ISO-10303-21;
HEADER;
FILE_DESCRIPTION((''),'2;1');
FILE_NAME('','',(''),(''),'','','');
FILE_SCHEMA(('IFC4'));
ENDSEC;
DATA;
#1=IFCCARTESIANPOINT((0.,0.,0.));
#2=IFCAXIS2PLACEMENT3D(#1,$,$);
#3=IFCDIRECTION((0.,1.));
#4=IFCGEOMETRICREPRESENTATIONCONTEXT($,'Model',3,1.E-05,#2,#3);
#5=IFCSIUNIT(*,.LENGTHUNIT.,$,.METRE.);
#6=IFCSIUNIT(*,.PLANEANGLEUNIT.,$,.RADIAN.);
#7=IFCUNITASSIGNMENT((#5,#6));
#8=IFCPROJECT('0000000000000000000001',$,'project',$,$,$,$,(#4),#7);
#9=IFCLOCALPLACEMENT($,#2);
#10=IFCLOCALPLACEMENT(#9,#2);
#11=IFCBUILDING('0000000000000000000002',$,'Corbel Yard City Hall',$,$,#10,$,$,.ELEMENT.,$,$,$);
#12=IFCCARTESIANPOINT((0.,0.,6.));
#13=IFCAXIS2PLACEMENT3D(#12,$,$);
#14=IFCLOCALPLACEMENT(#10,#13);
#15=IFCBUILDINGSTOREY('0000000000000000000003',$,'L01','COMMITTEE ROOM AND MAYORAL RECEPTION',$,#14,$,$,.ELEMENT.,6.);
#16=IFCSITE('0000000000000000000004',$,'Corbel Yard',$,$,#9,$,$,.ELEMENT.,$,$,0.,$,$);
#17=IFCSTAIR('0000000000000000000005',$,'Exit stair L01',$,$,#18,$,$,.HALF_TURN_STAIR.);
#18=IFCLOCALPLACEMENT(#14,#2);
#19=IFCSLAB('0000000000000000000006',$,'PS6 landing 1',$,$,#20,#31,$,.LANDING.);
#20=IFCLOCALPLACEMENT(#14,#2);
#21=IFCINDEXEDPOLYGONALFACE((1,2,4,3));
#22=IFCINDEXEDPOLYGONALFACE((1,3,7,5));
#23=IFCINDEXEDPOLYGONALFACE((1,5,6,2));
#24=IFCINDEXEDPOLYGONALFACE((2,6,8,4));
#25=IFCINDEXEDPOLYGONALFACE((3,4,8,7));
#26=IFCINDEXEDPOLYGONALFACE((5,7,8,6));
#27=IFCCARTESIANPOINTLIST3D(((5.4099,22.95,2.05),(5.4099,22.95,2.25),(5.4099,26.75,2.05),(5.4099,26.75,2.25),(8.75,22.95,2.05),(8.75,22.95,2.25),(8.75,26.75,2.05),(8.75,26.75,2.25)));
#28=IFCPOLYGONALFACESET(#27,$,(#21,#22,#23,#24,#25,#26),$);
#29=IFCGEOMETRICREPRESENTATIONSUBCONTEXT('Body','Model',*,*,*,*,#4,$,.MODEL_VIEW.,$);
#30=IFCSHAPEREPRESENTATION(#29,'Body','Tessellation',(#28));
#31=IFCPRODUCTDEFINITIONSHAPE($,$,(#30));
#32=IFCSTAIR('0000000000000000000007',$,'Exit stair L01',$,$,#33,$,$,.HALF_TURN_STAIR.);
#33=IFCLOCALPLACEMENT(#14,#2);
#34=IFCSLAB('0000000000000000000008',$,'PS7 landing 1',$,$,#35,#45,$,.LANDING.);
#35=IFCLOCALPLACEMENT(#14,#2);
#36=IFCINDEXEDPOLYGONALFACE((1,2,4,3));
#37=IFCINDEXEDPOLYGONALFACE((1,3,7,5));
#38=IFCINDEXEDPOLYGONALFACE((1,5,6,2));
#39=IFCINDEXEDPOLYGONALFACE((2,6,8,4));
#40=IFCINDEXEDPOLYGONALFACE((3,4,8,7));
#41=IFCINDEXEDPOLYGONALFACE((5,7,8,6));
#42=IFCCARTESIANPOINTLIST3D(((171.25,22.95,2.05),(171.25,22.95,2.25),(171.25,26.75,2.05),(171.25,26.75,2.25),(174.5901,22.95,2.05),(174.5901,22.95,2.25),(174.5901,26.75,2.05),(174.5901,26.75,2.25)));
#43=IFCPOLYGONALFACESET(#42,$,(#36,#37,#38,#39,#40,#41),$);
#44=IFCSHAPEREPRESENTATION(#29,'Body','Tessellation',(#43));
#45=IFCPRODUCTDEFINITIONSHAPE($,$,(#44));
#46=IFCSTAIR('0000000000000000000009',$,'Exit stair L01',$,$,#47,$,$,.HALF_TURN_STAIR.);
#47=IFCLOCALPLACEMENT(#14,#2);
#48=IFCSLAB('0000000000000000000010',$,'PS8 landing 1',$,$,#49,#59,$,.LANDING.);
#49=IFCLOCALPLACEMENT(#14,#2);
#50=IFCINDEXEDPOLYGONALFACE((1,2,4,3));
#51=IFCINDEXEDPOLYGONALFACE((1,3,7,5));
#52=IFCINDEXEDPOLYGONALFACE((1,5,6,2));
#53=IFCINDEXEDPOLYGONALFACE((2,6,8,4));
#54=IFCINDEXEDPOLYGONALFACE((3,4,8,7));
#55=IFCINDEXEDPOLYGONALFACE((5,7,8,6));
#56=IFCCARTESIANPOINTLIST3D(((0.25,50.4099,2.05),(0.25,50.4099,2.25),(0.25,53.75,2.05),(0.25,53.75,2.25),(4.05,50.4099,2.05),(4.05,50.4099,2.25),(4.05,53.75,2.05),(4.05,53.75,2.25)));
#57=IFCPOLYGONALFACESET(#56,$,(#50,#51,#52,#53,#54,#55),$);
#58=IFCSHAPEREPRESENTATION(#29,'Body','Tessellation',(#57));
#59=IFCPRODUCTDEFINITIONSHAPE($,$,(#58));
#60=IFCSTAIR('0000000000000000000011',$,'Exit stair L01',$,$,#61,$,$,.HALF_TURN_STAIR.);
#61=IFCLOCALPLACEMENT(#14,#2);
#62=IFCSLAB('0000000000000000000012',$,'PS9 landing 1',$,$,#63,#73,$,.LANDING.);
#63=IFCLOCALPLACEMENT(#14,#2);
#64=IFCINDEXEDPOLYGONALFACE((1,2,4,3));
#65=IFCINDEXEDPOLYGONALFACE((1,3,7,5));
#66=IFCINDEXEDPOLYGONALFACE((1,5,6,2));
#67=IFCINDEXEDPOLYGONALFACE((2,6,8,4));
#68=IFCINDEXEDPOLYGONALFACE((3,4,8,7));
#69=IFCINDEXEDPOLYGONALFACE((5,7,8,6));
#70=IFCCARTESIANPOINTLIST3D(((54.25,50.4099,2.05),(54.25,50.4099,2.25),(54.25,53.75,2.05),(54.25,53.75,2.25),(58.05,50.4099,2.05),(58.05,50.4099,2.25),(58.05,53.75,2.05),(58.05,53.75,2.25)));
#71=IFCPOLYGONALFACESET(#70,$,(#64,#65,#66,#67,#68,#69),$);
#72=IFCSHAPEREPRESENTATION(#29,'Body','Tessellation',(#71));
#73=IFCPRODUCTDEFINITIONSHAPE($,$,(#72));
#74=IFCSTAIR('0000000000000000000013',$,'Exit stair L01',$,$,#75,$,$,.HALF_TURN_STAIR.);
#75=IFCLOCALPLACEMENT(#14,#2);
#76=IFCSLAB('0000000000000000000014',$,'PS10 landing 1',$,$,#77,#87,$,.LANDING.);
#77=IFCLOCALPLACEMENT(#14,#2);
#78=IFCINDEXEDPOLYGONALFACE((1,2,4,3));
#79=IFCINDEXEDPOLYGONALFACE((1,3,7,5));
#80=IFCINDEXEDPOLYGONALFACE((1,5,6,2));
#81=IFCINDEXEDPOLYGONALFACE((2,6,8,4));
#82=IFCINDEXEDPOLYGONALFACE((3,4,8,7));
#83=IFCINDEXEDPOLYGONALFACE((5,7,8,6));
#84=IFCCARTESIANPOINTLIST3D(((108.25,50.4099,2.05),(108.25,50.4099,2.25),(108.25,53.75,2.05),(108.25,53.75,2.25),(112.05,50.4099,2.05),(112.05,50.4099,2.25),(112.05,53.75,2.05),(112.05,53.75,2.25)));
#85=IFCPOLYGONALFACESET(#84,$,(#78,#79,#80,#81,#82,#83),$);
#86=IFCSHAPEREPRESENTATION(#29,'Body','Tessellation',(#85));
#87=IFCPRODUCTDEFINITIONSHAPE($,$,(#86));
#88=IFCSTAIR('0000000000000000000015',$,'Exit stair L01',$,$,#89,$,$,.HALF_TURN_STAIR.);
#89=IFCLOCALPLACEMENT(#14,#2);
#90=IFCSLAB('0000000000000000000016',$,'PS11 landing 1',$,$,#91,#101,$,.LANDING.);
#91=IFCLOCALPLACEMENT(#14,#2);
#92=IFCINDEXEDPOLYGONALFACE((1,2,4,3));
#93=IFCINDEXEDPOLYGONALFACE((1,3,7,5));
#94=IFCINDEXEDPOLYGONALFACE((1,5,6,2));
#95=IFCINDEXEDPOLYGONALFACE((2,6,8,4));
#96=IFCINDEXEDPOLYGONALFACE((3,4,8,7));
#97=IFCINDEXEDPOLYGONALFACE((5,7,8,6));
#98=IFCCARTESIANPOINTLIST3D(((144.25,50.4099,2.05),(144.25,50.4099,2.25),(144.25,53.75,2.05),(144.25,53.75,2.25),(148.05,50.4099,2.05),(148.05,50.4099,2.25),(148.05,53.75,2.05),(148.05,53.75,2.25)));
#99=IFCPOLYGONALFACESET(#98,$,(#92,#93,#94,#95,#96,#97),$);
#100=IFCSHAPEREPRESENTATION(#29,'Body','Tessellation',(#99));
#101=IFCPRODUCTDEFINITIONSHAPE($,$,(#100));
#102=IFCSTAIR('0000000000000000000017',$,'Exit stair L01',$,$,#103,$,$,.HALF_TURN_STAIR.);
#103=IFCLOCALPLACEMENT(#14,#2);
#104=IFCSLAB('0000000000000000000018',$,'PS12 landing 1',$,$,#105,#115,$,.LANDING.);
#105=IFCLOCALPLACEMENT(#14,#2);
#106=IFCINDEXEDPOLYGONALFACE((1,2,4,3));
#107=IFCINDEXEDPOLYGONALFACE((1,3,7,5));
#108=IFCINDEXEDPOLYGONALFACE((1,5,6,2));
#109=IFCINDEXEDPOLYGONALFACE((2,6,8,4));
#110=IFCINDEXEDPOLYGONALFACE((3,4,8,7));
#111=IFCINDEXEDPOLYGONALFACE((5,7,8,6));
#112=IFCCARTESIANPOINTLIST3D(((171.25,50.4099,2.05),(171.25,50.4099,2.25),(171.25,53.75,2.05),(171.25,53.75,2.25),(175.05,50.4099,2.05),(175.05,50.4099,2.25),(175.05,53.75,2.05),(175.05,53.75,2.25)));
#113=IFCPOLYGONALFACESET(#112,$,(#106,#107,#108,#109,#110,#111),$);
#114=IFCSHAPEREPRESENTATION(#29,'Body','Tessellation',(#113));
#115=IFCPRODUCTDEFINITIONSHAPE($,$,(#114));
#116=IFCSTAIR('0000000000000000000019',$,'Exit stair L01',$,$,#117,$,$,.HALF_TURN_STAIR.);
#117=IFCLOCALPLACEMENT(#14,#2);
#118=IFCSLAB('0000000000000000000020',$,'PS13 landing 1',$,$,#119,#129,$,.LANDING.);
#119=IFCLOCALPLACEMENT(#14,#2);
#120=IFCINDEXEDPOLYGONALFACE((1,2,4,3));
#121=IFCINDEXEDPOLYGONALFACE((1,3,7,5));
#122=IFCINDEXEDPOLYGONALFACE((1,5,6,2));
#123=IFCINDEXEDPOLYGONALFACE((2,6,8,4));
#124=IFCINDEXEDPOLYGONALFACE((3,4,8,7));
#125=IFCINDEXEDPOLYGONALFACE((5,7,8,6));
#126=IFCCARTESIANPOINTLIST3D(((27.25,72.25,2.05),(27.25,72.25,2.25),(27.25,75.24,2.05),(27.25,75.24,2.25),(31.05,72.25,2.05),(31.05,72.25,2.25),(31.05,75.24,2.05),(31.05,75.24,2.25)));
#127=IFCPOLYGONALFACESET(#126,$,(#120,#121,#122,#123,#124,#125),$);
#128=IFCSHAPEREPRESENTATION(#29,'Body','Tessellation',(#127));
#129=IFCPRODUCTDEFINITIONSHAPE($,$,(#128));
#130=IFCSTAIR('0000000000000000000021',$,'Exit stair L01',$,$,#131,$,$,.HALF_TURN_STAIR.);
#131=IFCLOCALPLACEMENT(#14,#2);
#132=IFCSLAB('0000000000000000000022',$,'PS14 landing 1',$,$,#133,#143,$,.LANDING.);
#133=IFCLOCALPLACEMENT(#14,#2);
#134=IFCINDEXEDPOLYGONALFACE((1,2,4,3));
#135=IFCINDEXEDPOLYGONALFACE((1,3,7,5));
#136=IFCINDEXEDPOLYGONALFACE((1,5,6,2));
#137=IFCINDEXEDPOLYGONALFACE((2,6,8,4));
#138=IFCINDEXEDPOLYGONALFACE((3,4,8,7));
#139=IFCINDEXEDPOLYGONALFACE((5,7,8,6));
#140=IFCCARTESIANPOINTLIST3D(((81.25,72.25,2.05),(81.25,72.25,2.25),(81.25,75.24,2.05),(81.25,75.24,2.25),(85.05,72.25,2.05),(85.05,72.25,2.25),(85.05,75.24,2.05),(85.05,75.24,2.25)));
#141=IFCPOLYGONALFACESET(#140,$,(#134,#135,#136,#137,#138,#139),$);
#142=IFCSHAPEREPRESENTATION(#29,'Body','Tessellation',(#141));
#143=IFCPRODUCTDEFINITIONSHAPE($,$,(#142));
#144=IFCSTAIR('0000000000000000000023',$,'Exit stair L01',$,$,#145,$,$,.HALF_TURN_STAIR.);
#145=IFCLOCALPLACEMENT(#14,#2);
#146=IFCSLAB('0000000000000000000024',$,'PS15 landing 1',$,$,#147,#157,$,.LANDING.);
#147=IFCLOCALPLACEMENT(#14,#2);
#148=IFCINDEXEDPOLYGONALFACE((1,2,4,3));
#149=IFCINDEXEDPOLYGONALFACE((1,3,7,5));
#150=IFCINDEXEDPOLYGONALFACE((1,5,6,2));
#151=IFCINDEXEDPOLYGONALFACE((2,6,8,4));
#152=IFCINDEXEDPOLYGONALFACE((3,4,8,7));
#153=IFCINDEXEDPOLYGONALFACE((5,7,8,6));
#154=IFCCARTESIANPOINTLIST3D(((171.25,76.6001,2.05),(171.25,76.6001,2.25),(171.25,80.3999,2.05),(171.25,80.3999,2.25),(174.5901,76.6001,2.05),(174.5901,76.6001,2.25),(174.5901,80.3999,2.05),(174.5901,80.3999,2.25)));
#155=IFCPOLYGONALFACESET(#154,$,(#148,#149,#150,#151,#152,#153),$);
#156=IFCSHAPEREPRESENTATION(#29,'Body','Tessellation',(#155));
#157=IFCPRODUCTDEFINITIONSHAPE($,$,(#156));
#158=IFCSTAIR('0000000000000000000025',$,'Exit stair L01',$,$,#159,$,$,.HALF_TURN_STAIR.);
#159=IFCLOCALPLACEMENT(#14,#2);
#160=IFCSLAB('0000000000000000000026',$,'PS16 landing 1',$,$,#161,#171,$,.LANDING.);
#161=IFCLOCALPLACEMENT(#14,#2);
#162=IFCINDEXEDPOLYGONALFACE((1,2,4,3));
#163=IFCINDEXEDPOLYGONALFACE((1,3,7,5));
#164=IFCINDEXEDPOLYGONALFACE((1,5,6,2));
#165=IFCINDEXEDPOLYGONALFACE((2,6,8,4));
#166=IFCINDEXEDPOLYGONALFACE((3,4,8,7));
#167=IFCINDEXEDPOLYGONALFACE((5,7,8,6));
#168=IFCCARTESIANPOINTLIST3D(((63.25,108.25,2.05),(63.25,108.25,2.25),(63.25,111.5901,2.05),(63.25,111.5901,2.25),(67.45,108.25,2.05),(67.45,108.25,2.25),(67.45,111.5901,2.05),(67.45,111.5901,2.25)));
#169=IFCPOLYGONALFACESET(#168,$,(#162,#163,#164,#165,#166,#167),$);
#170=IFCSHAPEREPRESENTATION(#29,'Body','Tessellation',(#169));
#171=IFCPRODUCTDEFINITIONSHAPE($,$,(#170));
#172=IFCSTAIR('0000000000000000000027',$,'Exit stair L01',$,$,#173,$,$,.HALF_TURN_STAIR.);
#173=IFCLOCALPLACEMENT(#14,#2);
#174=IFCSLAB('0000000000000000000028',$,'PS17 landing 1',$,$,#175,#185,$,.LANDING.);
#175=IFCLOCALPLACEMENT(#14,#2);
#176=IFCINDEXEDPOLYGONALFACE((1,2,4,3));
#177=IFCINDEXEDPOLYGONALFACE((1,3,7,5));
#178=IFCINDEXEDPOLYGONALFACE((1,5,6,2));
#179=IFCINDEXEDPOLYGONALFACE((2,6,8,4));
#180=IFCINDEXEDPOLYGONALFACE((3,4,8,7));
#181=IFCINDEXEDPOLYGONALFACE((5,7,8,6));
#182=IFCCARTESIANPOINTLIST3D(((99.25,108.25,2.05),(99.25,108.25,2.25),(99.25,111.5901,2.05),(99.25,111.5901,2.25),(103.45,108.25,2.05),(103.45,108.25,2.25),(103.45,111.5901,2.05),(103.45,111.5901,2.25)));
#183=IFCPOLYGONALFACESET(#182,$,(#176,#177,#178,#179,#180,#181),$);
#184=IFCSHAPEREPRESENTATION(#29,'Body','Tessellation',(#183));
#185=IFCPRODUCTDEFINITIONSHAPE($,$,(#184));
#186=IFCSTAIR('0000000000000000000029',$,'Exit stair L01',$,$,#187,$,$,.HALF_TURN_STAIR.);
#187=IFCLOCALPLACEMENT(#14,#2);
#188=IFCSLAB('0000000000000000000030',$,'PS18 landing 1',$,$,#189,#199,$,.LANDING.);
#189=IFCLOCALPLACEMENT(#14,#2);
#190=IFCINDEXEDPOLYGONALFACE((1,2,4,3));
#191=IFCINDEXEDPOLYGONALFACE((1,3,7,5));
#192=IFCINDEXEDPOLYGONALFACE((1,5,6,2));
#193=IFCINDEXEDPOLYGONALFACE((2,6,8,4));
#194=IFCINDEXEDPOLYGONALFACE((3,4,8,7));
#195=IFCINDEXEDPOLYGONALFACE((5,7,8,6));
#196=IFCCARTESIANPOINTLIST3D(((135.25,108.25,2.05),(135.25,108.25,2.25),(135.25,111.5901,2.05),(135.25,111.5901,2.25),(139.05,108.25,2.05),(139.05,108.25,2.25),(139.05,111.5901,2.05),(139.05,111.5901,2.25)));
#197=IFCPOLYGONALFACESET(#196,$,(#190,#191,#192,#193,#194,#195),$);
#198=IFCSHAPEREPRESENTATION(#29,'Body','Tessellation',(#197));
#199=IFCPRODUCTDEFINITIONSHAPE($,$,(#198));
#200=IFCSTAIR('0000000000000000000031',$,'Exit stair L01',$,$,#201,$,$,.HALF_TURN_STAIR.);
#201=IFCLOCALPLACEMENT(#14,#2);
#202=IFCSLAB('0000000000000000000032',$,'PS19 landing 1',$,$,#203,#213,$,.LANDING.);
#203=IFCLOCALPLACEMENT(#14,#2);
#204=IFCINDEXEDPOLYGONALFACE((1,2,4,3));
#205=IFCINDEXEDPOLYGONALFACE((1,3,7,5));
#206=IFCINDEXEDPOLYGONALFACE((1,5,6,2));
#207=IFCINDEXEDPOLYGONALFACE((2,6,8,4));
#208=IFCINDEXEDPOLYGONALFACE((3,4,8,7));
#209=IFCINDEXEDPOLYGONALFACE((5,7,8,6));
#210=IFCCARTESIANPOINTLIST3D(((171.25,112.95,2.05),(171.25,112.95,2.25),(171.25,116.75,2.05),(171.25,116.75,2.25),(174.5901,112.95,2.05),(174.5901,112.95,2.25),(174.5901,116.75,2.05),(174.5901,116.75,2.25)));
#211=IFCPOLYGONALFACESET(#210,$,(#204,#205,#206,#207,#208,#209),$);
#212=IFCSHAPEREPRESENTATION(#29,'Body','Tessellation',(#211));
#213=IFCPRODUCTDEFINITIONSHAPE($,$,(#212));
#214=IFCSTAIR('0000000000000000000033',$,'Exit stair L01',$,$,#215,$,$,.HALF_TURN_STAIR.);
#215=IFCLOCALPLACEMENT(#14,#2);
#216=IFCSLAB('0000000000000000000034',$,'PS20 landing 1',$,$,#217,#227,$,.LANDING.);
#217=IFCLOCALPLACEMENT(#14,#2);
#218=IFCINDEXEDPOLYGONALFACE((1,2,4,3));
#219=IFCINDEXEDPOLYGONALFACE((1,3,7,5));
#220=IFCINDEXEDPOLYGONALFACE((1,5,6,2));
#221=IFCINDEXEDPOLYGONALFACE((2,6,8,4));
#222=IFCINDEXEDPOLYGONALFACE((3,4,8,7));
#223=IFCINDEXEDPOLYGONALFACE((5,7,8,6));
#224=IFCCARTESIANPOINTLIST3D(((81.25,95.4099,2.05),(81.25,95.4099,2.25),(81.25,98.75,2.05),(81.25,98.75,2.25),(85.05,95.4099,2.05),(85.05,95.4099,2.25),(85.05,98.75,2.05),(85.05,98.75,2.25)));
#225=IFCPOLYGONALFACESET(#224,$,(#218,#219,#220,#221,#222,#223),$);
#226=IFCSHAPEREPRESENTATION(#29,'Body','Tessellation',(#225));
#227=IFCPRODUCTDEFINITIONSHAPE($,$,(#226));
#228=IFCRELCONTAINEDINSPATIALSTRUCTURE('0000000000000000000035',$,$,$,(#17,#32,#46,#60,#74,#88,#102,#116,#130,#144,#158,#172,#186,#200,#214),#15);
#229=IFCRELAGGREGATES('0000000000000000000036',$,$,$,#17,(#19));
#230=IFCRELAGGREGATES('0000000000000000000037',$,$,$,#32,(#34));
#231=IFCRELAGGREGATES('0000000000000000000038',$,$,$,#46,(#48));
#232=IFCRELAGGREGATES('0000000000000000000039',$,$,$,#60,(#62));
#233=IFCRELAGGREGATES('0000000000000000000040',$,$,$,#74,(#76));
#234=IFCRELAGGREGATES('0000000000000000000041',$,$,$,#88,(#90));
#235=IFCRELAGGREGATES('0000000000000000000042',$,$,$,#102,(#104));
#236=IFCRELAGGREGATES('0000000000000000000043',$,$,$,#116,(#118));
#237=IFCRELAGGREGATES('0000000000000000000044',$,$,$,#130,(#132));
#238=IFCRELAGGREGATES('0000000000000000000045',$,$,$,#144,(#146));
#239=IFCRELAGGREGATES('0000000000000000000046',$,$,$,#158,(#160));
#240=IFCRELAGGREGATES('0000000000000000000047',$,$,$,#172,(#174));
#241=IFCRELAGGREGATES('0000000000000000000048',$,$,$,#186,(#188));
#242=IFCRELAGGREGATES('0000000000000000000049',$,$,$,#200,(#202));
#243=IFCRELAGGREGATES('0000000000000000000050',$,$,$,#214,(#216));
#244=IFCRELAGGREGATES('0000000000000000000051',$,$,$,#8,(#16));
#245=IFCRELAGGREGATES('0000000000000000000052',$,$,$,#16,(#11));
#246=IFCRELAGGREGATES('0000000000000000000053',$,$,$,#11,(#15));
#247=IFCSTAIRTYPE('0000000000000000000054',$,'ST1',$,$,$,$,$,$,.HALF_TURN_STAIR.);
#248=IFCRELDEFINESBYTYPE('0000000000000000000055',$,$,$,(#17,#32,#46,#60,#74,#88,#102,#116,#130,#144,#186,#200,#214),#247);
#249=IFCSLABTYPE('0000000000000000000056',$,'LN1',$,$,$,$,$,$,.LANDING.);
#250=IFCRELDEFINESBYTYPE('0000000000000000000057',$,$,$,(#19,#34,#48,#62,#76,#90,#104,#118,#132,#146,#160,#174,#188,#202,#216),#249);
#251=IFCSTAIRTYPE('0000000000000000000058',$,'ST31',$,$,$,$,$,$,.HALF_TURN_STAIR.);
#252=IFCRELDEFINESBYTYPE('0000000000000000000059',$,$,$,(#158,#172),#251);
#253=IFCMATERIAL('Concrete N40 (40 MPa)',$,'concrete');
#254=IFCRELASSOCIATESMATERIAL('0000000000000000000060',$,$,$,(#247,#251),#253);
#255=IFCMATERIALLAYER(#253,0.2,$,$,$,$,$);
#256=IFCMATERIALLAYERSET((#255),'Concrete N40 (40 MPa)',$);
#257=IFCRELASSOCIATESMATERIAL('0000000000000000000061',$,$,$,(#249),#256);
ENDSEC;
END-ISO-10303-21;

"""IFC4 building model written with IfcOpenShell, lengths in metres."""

from ifc_helpers import new_model, si_unit, direction, frame, origin, place, context, subcontext, project, spatial, polyline, outline, extrude, material, layer, layer_set, type_object, element, aggregate, save


model = new_model("IFC4")

# Units and contexts
model_context = context("Model", 3, precision=1e-05, world=origin(), true_north=direction((0.0, 1.0)))
body_context = subcontext(model_context, "Body", "Model", "MODEL_VIEW")
ifc_project = project(units=[si_unit("LENGTHUNIT", "METRE"), si_unit("PLANEANGLEUNIT", "RADIAN")], contexts=[model_context])

# Site, building, storey
site_placement = place(None, origin())
site = spatial("IfcSite", under=ifc_project, at=site_placement, Name="Corbel Yard", CompositionType="ELEMENT", RefElevation=0.0)
building_placement = place(site_placement, origin())
building = spatial("IfcBuilding", under=site, at=building_placement, Name="Corbel Yard City Hall", CompositionType="ELEMENT")
storey_placement = place(building_placement, frame((0.0, 0.0, 6.0)))
storey = spatial("IfcBuildingStorey", under=building, at=storey_placement, Name="L01", Description="COMMITTEE ROOM AND MAYORAL RECEPTION", CompositionType="ELEMENT", Elevation=6.0)

# Shared definitions
ifc_material_1 = material(Name="Concrete N40 (40 MPa)", Category="concrete")

# Stairs, slabs
stair_type_1 = type_object("IfcStairType", Name="ST1", PredefinedType="HALF_TURN_STAIR", material=ifc_material_1)
ifc_layer_1 = layer(ifc_material_1, 0.2)
ifc_layer_set_1 = layer_set([ifc_layer_1], Name="Concrete N40 (40 MPa)")
slab_type_1 = type_object("IfcSlabType", Name="LN1", PredefinedType="LANDING", material=ifc_layer_set_1)
stair_1_placement = place(storey_placement, origin())
stair_1 = element("IfcStair", 1, at=stair_1_placement, inside=storey, type_object=stair_type_1, Name="Exit stair L01", PredefinedType="HALF_TURN_STAIR")
slab_1_placement = place(storey_placement, frame((0.0, 0.0, 2.05)))
slab_1 = element("IfcSlab", 2, at=slab_1_placement, type_object=slab_type_1, Name="PS6 landing 1", PredefinedType="LANDING", context=body_context, shape_type="SweptSolid", body=[
    extrude(outline(polyline([(5.4099, 22.95), (8.75, 22.95), (8.75, 26.75), (5.4099, 26.75), (5.4099, 22.95)])), origin(), (0.0, 0.0, 1.0), 0.2),
])
aggregate(stair_1, [slab_1])
stair_2_placement = place(storey_placement, origin())
stair_2 = element("IfcStair", 3, at=stair_2_placement, inside=storey, type_object=stair_type_1, Name="Exit stair L01", PredefinedType="HALF_TURN_STAIR")
slab_2_placement = place(storey_placement, frame((0.0, 0.0, 2.05)))
slab_2 = element("IfcSlab", 4, at=slab_2_placement, type_object=slab_type_1, Name="PS7 landing 1", PredefinedType="LANDING", context=body_context, shape_type="SweptSolid", body=[
    extrude(outline(polyline([(171.25, 22.95), (174.5901, 22.95), (174.5901, 26.75), (171.25, 26.75), (171.25, 22.95)])), origin(), (0.0, 0.0, 1.0), 0.2),
])
aggregate(stair_2, [slab_2])
stair_3_placement = place(storey_placement, origin())
stair_3 = element("IfcStair", 5, at=stair_3_placement, inside=storey, type_object=stair_type_1, Name="Exit stair L01", PredefinedType="HALF_TURN_STAIR")
slab_3_placement = place(storey_placement, frame((0.0, 0.0, 2.05)))
slab_3 = element("IfcSlab", 6, at=slab_3_placement, type_object=slab_type_1, Name="PS8 landing 1", PredefinedType="LANDING", context=body_context, shape_type="SweptSolid", body=[
    extrude(outline(polyline([(0.25, 50.4099), (4.05, 50.4099), (4.05, 53.75), (0.25, 53.75), (0.25, 50.4099)])), origin(), (0.0, 0.0, 1.0), 0.2),
])
aggregate(stair_3, [slab_3])
stair_4_placement = place(storey_placement, origin())
stair_4 = element("IfcStair", 7, at=stair_4_placement, inside=storey, type_object=stair_type_1, Name="Exit stair L01", PredefinedType="HALF_TURN_STAIR")
slab_4_placement = place(storey_placement, frame((0.0, 0.0, 2.05)))
slab_4 = element("IfcSlab", 8, at=slab_4_placement, type_object=slab_type_1, Name="PS9 landing 1", PredefinedType="LANDING", context=body_context, shape_type="SweptSolid", body=[
    extrude(outline(polyline([(54.25, 50.4099), (58.05, 50.4099), (58.05, 53.75), (54.25, 53.75), (54.25, 50.4099)])), origin(), (0.0, 0.0, 1.0), 0.2),
])
aggregate(stair_4, [slab_4])
stair_5_placement = place(storey_placement, origin())
stair_5 = element("IfcStair", 9, at=stair_5_placement, inside=storey, type_object=stair_type_1, Name="Exit stair L01", PredefinedType="HALF_TURN_STAIR")
slab_5_placement = place(storey_placement, frame((0.0, 0.0, 2.05)))
slab_5 = element("IfcSlab", 10, at=slab_5_placement, type_object=slab_type_1, Name="PS10 landing 1", PredefinedType="LANDING", context=body_context, shape_type="SweptSolid", body=[
    extrude(outline(polyline([(108.25, 50.4099), (112.05, 50.4099), (112.05, 53.75), (108.25, 53.75), (108.25, 50.4099)])), origin(), (0.0, 0.0, 1.0), 0.2),
])
aggregate(stair_5, [slab_5])
stair_6_placement = place(storey_placement, origin())
stair_6 = element("IfcStair", 11, at=stair_6_placement, inside=storey, type_object=stair_type_1, Name="Exit stair L01", PredefinedType="HALF_TURN_STAIR")
slab_6_placement = place(storey_placement, frame((0.0, 0.0, 2.05)))
slab_6 = element("IfcSlab", 12, at=slab_6_placement, type_object=slab_type_1, Name="PS11 landing 1", PredefinedType="LANDING", context=body_context, shape_type="SweptSolid", body=[
    extrude(outline(polyline([(144.25, 50.4099), (148.05, 50.4099), (148.05, 53.75), (144.25, 53.75), (144.25, 50.4099)])), origin(), (0.0, 0.0, 1.0), 0.2),
])
aggregate(stair_6, [slab_6])
stair_7_placement = place(storey_placement, origin())
stair_7 = element("IfcStair", 13, at=stair_7_placement, inside=storey, type_object=stair_type_1, Name="Exit stair L01", PredefinedType="HALF_TURN_STAIR")
slab_7_placement = place(storey_placement, frame((0.0, 0.0, 2.05)))
slab_7 = element("IfcSlab", 14, at=slab_7_placement, type_object=slab_type_1, Name="PS12 landing 1", PredefinedType="LANDING", context=body_context, shape_type="SweptSolid", body=[
    extrude(outline(polyline([(171.25, 50.4099), (175.05, 50.4099), (175.05, 53.75), (171.25, 53.75), (171.25, 50.4099)])), origin(), (0.0, 0.0, 1.0), 0.2),
])
aggregate(stair_7, [slab_7])
stair_8_placement = place(storey_placement, origin())
stair_8 = element("IfcStair", 15, at=stair_8_placement, inside=storey, type_object=stair_type_1, Name="Exit stair L01", PredefinedType="HALF_TURN_STAIR")
slab_8_placement = place(storey_placement, frame((0.0, 0.0, 2.05)))
slab_8 = element("IfcSlab", 16, at=slab_8_placement, type_object=slab_type_1, Name="PS13 landing 1", PredefinedType="LANDING", context=body_context, shape_type="SweptSolid", body=[
    extrude(outline(polyline([(27.25, 72.25), (31.05, 72.25), (31.05, 75.24), (27.25, 75.24), (27.25, 72.25)])), origin(), (0.0, 0.0, 1.0), 0.2),
])
aggregate(stair_8, [slab_8])
stair_9_placement = place(storey_placement, origin())
stair_9 = element("IfcStair", 17, at=stair_9_placement, inside=storey, type_object=stair_type_1, Name="Exit stair L01", PredefinedType="HALF_TURN_STAIR")
slab_9_placement = place(storey_placement, frame((0.0, 0.0, 2.05)))
slab_9 = element("IfcSlab", 18, at=slab_9_placement, type_object=slab_type_1, Name="PS14 landing 1", PredefinedType="LANDING", context=body_context, shape_type="SweptSolid", body=[
    extrude(outline(polyline([(81.25, 72.25), (85.05, 72.25), (85.05, 75.24), (81.25, 75.24), (81.25, 72.25)])), origin(), (0.0, 0.0, 1.0), 0.2),
])
aggregate(stair_9, [slab_9])
stair_10_placement = place(storey_placement, origin())
stair_10 = element("IfcStair", 19, at=stair_10_placement, inside=storey, type_object=stair_type_1, Name="Exit stair L01", PredefinedType="HALF_TURN_STAIR")
slab_10_placement = place(storey_placement, frame((0.0, 0.0, 2.05)))
slab_10 = element("IfcSlab", 20, at=slab_10_placement, type_object=slab_type_1, Name="PS15 landing 1", PredefinedType="LANDING", context=body_context, shape_type="SweptSolid", body=[
    extrude(outline(polyline([(171.25, 76.6001), (174.5901, 76.6001), (174.5901, 80.3999), (171.25, 80.3999), (171.25, 76.6001)])), origin(), (0.0, 0.0, 1.0), 0.2),
])
aggregate(stair_10, [slab_10])
stair_type_2 = type_object("IfcStairType", Name="ST31", PredefinedType="HALF_TURN_STAIR", material=ifc_material_1)
stair_11_placement = place(storey_placement, origin())
stair_11 = element("IfcStair", 21, at=stair_11_placement, inside=storey, type_object=stair_type_2, Name="Exit stair L01", PredefinedType="HALF_TURN_STAIR")
slab_11_placement = place(storey_placement, frame((0.0, 0.0, 2.05)))
slab_11 = element("IfcSlab", 22, at=slab_11_placement, type_object=slab_type_1, Name="PS16 landing 1", PredefinedType="LANDING", context=body_context, shape_type="SweptSolid", body=[
    extrude(outline(polyline([(63.25, 108.25), (67.45, 108.25), (67.45, 111.5901), (63.25, 111.5901), (63.25, 108.25)])), origin(), (0.0, 0.0, 1.0), 0.2),
])
aggregate(stair_11, [slab_11])
stair_12_placement = place(storey_placement, origin())
stair_12 = element("IfcStair", 23, at=stair_12_placement, inside=storey, type_object=stair_type_2, Name="Exit stair L01", PredefinedType="HALF_TURN_STAIR")
slab_12_placement = place(storey_placement, frame((0.0, 0.0, 2.05)))
slab_12 = element("IfcSlab", 24, at=slab_12_placement, type_object=slab_type_1, Name="PS17 landing 1", PredefinedType="LANDING", context=body_context, shape_type="SweptSolid", body=[
    extrude(outline(polyline([(99.25, 108.25), (103.45, 108.25), (103.45, 111.5901), (99.25, 111.5901), (99.25, 108.25)])), origin(), (0.0, 0.0, 1.0), 0.2),
])
aggregate(stair_12, [slab_12])
stair_13_placement = place(storey_placement, origin())
stair_13 = element("IfcStair", 25, at=stair_13_placement, inside=storey, type_object=stair_type_1, Name="Exit stair L01", PredefinedType="HALF_TURN_STAIR")
slab_13_placement = place(storey_placement, frame((0.0, 0.0, 2.05)))
slab_13 = element("IfcSlab", 26, at=slab_13_placement, type_object=slab_type_1, Name="PS18 landing 1", PredefinedType="LANDING", context=body_context, shape_type="SweptSolid", body=[
    extrude(outline(polyline([(135.25, 108.25), (139.05, 108.25), (139.05, 111.5901), (135.25, 111.5901), (135.25, 108.25)])), origin(), (0.0, 0.0, 1.0), 0.2),
])
aggregate(stair_13, [slab_13])
stair_14_placement = place(storey_placement, origin())
stair_14 = element("IfcStair", 27, at=stair_14_placement, inside=storey, type_object=stair_type_1, Name="Exit stair L01", PredefinedType="HALF_TURN_STAIR")
slab_14_placement = place(storey_placement, frame((0.0, 0.0, 2.05)))
slab_14 = element("IfcSlab", 28, at=slab_14_placement, type_object=slab_type_1, Name="PS19 landing 1", PredefinedType="LANDING", context=body_context, shape_type="SweptSolid", body=[
    extrude(outline(polyline([(171.25, 112.95), (174.5901, 112.95), (174.5901, 116.75), (171.25, 116.75), (171.25, 112.95)])), origin(), (0.0, 0.0, 1.0), 0.2),
])
aggregate(stair_14, [slab_14])
stair_15_placement = place(storey_placement, origin())
stair_15 = element("IfcStair", 29, at=stair_15_placement, inside=storey, type_object=stair_type_1, Name="Exit stair L01", PredefinedType="HALF_TURN_STAIR")
slab_15_placement = place(storey_placement, frame((0.0, 0.0, 2.05)))
slab_15 = element("IfcSlab", 30, at=slab_15_placement, type_object=slab_type_1, Name="PS20 landing 1", PredefinedType="LANDING", context=body_context, shape_type="SweptSolid", body=[
    extrude(outline(polyline([(81.25, 95.4099), (85.05, 95.4099), (85.05, 98.75), (81.25, 98.75), (81.25, 95.4099)])), origin(), (0.0, 0.0, 1.0), 0.2),
])
aggregate(stair_15, [slab_15])

save(model, "model.ifc")
